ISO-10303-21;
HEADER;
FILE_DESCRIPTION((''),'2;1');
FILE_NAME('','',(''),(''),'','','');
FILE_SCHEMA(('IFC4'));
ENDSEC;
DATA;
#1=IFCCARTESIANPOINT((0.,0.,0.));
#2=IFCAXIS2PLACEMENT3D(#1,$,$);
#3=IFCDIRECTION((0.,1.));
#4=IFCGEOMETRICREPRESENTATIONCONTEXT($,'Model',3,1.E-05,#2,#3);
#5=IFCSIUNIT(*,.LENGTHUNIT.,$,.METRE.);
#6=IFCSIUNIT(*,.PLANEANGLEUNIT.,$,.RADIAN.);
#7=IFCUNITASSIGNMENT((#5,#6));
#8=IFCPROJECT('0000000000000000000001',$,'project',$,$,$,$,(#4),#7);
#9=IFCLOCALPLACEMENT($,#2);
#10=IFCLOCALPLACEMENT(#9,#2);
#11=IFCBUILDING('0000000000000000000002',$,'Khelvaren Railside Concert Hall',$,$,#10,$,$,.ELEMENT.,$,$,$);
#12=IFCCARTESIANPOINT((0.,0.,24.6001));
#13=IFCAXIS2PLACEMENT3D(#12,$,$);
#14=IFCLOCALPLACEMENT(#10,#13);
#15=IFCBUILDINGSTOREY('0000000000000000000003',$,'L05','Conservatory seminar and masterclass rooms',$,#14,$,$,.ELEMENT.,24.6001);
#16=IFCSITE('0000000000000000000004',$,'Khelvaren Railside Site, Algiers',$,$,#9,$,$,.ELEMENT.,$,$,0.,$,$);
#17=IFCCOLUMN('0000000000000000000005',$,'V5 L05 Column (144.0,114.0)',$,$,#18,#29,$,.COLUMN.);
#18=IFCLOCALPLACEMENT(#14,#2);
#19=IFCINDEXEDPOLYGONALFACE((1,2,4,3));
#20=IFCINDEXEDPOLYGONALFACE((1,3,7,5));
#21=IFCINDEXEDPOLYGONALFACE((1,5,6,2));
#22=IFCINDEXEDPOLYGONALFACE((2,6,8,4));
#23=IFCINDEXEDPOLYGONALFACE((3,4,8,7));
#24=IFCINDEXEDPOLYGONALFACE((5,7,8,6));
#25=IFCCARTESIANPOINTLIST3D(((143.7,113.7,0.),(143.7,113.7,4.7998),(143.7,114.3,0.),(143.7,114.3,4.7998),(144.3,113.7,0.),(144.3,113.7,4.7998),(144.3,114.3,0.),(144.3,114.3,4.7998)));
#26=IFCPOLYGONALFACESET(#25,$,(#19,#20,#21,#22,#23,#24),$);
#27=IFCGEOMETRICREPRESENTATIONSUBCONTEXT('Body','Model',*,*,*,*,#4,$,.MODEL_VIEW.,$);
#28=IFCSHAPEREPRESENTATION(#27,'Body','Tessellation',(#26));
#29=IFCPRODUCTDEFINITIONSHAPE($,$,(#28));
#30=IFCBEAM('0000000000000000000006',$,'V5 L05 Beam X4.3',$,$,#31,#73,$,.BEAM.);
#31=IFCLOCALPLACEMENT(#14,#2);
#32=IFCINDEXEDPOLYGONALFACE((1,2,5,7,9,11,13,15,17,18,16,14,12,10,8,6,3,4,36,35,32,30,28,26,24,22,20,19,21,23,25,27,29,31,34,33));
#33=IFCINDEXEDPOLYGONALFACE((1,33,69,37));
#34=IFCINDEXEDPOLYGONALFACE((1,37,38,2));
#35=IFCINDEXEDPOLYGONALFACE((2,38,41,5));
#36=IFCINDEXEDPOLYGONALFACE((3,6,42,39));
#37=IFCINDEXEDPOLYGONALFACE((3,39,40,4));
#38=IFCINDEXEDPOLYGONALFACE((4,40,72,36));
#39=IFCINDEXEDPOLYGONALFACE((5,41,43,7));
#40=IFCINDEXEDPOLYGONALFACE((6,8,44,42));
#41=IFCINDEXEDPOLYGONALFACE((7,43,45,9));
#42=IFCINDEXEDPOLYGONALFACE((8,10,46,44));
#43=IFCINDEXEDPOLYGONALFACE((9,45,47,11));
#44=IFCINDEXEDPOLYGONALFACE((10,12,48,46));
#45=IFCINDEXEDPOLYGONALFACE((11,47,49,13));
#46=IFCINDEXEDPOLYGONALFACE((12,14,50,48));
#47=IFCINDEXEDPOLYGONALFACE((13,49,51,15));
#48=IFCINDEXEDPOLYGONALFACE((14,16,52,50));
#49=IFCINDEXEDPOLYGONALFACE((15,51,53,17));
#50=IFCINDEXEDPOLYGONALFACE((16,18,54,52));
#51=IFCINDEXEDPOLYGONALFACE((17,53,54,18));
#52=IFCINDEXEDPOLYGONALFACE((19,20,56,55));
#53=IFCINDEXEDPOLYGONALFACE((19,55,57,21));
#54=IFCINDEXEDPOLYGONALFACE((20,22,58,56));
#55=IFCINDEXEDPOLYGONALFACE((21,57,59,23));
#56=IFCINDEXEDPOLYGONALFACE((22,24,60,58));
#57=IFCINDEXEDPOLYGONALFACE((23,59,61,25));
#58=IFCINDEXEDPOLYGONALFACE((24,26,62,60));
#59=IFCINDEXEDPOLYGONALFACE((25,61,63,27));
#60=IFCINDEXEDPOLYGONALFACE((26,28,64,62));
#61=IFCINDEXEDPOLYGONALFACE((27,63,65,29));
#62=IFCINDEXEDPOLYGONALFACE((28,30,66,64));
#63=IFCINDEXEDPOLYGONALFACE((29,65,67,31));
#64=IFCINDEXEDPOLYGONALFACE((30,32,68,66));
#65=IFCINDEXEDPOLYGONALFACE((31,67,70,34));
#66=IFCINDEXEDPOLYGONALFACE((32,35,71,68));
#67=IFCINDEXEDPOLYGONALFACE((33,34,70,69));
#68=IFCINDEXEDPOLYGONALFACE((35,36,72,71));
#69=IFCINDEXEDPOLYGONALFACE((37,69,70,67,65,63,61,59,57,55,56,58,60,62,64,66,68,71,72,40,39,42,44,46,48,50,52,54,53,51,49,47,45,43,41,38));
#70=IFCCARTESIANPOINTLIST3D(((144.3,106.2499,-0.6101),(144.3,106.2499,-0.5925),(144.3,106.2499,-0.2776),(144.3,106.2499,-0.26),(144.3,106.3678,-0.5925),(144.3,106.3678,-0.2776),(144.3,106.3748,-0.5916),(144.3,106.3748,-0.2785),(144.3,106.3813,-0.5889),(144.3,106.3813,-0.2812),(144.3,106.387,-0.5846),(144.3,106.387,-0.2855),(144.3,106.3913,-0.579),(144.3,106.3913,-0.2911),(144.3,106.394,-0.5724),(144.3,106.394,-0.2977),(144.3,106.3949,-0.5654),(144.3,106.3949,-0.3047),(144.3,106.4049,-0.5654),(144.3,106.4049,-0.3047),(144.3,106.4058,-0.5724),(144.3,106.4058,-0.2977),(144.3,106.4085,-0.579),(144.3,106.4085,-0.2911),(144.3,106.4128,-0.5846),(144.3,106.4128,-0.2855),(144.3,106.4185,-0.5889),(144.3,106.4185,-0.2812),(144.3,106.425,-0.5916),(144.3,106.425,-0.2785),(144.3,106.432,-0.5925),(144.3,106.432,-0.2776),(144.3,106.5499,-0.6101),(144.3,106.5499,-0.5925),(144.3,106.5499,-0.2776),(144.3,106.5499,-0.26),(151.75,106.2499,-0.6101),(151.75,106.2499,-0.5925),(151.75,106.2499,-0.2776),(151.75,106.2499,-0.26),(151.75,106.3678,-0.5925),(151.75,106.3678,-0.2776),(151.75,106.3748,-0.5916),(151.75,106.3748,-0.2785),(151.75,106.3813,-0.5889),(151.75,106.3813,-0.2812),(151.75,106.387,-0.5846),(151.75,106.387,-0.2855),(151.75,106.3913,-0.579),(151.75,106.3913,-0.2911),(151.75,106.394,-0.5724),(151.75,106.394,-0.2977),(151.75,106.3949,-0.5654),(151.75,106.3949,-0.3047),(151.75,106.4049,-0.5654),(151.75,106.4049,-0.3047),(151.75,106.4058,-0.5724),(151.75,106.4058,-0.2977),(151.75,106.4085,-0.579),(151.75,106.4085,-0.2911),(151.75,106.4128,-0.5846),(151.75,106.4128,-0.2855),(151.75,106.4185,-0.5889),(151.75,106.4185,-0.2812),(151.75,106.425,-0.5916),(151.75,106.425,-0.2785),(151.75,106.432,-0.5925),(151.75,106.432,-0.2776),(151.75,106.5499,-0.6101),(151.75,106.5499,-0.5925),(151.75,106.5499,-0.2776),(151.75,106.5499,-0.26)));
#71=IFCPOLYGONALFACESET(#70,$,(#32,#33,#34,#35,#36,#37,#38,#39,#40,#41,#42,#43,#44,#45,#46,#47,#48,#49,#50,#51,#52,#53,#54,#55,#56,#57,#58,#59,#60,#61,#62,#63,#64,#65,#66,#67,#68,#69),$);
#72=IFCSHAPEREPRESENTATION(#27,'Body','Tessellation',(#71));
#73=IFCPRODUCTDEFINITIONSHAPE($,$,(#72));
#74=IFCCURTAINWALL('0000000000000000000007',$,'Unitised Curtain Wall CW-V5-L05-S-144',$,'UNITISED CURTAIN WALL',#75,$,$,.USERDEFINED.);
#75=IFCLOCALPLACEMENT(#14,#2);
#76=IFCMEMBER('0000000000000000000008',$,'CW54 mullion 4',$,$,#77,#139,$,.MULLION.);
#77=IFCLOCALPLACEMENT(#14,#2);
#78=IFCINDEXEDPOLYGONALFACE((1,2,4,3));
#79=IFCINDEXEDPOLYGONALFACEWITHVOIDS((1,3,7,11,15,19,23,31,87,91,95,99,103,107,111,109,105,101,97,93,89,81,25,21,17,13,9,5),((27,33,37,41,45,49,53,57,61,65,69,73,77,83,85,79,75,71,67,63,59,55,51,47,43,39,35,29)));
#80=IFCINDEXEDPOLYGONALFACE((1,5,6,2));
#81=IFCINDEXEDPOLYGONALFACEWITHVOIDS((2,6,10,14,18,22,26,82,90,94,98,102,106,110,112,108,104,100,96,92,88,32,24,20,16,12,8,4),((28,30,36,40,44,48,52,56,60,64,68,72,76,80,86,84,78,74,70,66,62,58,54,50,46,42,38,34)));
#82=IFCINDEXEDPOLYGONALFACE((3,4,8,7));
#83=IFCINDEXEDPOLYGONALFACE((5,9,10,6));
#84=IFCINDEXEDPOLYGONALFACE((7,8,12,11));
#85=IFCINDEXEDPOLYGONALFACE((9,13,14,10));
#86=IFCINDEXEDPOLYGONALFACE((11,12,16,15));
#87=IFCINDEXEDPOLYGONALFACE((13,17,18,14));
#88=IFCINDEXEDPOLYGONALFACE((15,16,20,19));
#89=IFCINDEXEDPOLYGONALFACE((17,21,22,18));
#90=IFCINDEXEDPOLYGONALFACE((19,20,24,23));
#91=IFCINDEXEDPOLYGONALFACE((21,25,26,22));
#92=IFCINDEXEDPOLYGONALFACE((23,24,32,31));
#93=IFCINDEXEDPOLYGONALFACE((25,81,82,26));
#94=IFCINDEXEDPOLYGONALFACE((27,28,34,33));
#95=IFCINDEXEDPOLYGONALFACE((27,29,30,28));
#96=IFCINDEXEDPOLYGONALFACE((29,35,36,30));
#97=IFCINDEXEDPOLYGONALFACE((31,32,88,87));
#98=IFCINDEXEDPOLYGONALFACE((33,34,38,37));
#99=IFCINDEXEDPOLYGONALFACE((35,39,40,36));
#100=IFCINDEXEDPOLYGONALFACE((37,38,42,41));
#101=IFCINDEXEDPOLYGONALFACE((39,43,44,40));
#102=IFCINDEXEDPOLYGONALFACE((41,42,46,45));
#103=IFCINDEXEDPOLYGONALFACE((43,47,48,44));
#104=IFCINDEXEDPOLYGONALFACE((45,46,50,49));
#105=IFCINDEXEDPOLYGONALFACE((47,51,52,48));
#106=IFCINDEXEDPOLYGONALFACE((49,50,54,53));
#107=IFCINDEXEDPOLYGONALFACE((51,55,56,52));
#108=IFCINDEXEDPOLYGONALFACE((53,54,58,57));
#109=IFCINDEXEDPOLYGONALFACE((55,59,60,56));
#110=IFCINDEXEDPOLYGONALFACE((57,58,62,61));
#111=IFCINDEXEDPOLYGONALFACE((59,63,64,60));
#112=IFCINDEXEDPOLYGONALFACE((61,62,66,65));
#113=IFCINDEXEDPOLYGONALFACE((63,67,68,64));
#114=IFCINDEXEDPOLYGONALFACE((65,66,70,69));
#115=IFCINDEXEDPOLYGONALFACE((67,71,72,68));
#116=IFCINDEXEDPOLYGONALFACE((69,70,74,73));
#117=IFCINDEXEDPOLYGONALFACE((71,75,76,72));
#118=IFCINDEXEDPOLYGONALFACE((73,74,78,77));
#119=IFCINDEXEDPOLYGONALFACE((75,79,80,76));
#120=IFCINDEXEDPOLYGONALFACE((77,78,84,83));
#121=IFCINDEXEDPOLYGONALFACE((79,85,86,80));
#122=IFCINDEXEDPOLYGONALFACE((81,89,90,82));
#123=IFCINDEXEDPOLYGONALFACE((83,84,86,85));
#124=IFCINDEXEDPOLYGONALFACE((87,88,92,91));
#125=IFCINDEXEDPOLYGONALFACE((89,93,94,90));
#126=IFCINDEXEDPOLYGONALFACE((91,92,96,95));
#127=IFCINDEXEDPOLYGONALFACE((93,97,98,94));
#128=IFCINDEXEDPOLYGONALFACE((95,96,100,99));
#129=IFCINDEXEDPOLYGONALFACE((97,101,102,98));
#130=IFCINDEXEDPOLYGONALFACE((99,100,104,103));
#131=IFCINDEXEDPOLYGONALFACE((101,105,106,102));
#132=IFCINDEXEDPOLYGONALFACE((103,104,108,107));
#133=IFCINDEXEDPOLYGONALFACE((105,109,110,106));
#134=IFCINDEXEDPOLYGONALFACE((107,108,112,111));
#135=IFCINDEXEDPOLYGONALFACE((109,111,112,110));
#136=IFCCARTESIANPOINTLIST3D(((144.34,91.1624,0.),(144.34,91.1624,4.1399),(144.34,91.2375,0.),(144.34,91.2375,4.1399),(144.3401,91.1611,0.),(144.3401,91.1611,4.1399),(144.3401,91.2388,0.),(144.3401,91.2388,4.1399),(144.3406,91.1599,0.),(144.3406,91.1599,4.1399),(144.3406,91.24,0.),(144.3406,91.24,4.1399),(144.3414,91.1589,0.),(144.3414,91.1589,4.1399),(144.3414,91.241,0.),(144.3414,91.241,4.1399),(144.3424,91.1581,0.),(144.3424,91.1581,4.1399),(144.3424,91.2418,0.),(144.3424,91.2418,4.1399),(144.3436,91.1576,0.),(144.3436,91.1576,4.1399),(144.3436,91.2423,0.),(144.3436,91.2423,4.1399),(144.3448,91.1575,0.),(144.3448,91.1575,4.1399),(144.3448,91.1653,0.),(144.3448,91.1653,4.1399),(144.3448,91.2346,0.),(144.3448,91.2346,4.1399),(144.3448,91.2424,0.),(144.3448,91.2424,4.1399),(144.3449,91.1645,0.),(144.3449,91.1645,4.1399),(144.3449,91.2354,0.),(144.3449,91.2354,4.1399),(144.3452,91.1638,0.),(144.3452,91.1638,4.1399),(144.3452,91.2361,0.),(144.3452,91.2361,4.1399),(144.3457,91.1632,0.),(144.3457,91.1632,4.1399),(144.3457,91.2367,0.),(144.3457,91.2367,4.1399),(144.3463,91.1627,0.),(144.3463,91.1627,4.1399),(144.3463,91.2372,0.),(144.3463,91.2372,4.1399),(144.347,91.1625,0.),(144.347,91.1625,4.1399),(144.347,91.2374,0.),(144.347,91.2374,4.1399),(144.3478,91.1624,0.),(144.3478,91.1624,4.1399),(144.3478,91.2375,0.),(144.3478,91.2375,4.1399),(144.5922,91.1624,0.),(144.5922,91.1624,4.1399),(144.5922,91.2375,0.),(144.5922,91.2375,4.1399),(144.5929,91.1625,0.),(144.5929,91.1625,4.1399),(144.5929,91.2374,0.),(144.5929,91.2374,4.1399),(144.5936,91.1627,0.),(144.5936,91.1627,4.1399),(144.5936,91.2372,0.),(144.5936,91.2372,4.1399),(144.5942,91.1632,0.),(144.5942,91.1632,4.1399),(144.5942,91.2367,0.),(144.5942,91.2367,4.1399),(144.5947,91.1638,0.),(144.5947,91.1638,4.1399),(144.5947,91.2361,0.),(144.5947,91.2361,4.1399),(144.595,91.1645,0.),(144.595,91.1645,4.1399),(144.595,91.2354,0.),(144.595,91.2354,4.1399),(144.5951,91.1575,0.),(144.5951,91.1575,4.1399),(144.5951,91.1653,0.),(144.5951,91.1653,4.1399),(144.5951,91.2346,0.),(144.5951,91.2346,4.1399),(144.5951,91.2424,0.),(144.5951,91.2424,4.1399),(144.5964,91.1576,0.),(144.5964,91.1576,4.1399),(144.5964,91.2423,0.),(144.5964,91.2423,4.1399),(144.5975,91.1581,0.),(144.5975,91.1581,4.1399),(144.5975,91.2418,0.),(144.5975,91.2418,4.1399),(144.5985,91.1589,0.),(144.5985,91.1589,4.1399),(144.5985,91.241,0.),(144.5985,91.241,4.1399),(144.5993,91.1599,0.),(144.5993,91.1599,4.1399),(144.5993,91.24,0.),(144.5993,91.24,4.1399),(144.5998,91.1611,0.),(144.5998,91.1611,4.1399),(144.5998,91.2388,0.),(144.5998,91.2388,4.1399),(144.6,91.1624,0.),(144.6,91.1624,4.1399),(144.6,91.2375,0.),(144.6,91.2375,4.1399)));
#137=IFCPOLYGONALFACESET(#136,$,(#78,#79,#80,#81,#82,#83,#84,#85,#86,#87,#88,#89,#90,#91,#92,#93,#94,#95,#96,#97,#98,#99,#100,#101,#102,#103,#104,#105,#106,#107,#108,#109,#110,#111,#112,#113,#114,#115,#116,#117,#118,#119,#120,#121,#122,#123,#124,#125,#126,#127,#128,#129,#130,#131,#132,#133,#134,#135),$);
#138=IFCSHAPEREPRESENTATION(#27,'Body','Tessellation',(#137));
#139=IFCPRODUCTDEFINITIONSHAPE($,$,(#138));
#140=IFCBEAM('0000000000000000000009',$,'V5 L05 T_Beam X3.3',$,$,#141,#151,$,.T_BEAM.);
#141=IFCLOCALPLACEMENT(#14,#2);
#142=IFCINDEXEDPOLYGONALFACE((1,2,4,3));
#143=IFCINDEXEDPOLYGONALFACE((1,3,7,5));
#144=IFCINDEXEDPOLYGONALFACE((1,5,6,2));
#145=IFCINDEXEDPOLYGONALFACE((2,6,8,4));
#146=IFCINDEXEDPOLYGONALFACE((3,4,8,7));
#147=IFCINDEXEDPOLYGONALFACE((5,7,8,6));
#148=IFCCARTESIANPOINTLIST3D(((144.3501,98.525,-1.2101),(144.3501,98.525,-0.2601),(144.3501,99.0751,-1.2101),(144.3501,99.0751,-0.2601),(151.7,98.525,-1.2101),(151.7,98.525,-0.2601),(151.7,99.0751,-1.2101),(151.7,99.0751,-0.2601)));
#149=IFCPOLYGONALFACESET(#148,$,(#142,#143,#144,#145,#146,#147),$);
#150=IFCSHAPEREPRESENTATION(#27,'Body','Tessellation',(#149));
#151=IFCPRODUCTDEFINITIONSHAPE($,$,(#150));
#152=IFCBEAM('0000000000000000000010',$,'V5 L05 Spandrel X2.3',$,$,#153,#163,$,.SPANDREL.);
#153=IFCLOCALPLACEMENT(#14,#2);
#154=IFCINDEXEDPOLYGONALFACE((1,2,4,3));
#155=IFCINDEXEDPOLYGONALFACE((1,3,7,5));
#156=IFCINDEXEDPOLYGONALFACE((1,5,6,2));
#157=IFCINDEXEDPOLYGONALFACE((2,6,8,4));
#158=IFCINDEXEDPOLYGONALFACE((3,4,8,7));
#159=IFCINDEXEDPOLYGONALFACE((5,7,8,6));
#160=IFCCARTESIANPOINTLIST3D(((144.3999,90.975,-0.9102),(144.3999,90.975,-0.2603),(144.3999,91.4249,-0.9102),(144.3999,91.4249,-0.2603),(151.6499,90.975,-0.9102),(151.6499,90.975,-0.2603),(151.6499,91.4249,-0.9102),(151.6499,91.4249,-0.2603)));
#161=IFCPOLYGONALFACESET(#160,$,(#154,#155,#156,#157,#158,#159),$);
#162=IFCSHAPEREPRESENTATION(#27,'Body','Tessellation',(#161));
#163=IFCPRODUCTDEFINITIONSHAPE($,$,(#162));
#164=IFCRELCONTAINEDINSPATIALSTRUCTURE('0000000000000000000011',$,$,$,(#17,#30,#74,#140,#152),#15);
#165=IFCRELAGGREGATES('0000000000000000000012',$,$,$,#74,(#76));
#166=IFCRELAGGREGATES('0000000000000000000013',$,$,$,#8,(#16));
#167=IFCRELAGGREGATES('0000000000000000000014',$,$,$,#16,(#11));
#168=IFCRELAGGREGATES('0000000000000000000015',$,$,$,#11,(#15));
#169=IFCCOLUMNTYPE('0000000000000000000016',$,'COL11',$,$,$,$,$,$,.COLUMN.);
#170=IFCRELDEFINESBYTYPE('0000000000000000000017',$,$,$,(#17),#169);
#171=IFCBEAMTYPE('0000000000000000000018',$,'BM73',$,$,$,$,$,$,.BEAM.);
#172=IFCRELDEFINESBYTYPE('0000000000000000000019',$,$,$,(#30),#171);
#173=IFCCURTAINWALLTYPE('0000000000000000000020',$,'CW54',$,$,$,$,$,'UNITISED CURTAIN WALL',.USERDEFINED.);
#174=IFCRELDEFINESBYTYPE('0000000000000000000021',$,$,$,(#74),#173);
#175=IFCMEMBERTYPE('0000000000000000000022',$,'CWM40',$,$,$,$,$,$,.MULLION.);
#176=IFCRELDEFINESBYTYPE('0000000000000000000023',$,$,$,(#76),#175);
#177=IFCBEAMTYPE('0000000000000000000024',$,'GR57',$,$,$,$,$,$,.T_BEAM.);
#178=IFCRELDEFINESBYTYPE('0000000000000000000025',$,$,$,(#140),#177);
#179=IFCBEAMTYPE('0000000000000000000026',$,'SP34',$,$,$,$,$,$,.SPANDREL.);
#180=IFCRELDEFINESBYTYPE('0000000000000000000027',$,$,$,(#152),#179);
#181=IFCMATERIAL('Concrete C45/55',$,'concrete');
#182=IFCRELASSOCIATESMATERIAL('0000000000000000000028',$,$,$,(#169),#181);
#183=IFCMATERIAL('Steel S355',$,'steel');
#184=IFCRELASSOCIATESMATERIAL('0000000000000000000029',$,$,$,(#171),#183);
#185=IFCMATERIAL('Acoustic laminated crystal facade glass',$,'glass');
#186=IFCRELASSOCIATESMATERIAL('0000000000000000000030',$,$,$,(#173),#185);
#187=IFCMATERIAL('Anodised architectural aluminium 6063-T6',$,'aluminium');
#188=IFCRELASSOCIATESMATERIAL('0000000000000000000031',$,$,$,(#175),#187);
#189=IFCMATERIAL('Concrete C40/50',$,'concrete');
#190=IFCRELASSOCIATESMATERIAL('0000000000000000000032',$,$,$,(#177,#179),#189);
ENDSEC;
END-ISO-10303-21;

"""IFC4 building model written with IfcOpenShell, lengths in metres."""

from ifc_helpers import new_model, si_unit, direction, frame, origin, origin_2d, place, context, subcontext, project, spatial, rectangle, hollow_rectangle, i_section, extrude, material, material_profile, profile_set, type_object, element, aggregate, save


model = new_model("IFC4")

# Units and contexts
model_context = context("Model", 3, precision=1e-05, world=origin(), true_north=direction((0.0, 1.0)))
body_context = subcontext(model_context, "Body", "Model", "MODEL_VIEW")
ifc_project = project(units=[si_unit("LENGTHUNIT", "METRE"), si_unit("PLANEANGLEUNIT", "RADIAN")], contexts=[model_context])

# Site, building, storey
site_placement = place(None, origin())
site = spatial("IfcSite", under=ifc_project, at=site_placement, Name="Khelvaren Railside Site, Algiers", CompositionType="ELEMENT", RefElevation=0.0)
building_placement = place(site_placement, origin())
building = spatial("IfcBuilding", under=site, at=building_placement, Name="Khelvaren Railside Concert Hall", CompositionType="ELEMENT")
storey_placement = place(building_placement, frame((0.0, 0.0, 24.6001)))
storey = spatial("IfcBuildingStorey", under=building, at=storey_placement, Name="L05", Description="Conservatory seminar and masterclass rooms", CompositionType="ELEMENT", Elevation=24.6001)

# Column
ifc_material_1 = material(Name="Concrete C45/55", Category="concrete")
ifc_material_profile_1 = material_profile(ifc_material_1, rectangle(XDim=0.6001, YDim=0.6001, at=origin_2d()), Name="RC 600x600")
ifc_profile_set_1 = profile_set([ifc_material_profile_1], Name="Concrete C45/55")
column_type = type_object("IfcColumnType", Name="COL11", PredefinedType="COLUMN", material=ifc_profile_set_1)
column_placement = place(storey_placement, frame((144.0, 114.0, 0.0), z_axis=(0.0, 0.0, 1.0), x_axis=(1.0, 0.0, 0.0)))
element("IfcColumn", 1, at=column_placement, inside=storey, type_object=column_type, Name="V5 L05 Column (144.0,114.0)", PredefinedType="COLUMN", context=body_context, shape_type="SweptSolid", body=[
    extrude(rectangle(XDim=0.6001, YDim=0.6001, at=origin_2d()), origin(), (0.0, 0.0, 1.0), 4.7998),
])

# Beam
ifc_material_2 = material(Name="Steel S355", Category="steel")
ifc_material_profile_2 = material_profile(ifc_material_2, i_section(OverallWidth=0.3, OverallDepth=0.3501, WebThickness=0.01, FlangeThickness=0.0176, FilletRadius=0.0271, at=origin_2d()), Name="HEA 360")
ifc_profile_set_2 = profile_set([ifc_material_profile_2], Name="Steel S355")
beam_type_1 = type_object("IfcBeamType", Name="BM73", PredefinedType="BEAM", material=ifc_profile_set_2)
beam_1_placement = place(storey_placement, frame((144.3, 106.3999, -0.4351), z_axis=(1.0, 0.0, 0.0), x_axis=(0.0, 1.0, 0.0)))
element("IfcBeam", 2, at=beam_1_placement, inside=storey, type_object=beam_type_1, Name="V5 L05 Beam X4.3", PredefinedType="BEAM", context=body_context, shape_type="SweptSolid", body=[
    extrude(i_section(OverallWidth=0.3, OverallDepth=0.3501, WebThickness=0.01, FlangeThickness=0.0176, FilletRadius=0.0271, at=origin_2d()), origin(), (0.0, 0.0, 1.0), 7.45),
])

# Curtain wall, member
ifc_material_3 = material(Name="Acoustic laminated crystal facade glass", Category="glass")
curtain_wall_type = type_object("IfcCurtainWallType", Name="CW54", ElementType="UNITISED CURTAIN WALL", PredefinedType="USERDEFINED", material=ifc_material_3)
curtain_wall_placement = place(storey_placement, origin())
curtain_wall = element("IfcCurtainWall", 3, at=curtain_wall_placement, inside=storey, type_object=curtain_wall_type, Name="Unitised Curtain Wall CW-V5-L05-S-144", ObjectType="UNITISED CURTAIN WALL", PredefinedType="USERDEFINED")
ifc_material_4 = material(Name="Anodised architectural aluminium 6063-T6", Category="aluminium")
ifc_material_profile_3 = material_profile(ifc_material_4, hollow_rectangle(XDim=0.085, YDim=0.26, WallThickness=0.0049, InnerFilletRadius=0.0029, OuterFilletRadius=0.0049, at=origin_2d()), Name="CWM 85x260x5")
ifc_profile_set_3 = profile_set([ifc_material_profile_3], Name="Anodised architectural aluminium 6063-T6")
member_type = type_object("IfcMemberType", Name="CWM40", PredefinedType="MULLION", material=ifc_profile_set_3)
member_placement = place(storey_placement, frame((144.47, 91.2, 0.0), z_axis=(0.0, 0.0, 1.0), x_axis=(0.0, -1.0, 0.0)))
member = element("IfcMember", 4, at=member_placement, type_object=member_type, Name="CW54 mullion 4", PredefinedType="MULLION", context=body_context, shape_type="SweptSolid", body=[
    extrude(hollow_rectangle(XDim=0.085, YDim=0.26, WallThickness=0.0049, InnerFilletRadius=0.0029, OuterFilletRadius=0.0049, at=origin_2d()), origin(), (0.0, 0.0, 1.0), 4.1399),
])

# Beams
ifc_material_5 = material(Name="Concrete C40/50", Category="concrete")
ifc_material_profile_4 = material_profile(ifc_material_5, rectangle(XDim=0.55, YDim=0.95, at=origin_2d()), Name="RCB 550x950")
ifc_profile_set_4 = profile_set([ifc_material_profile_4], Name="Concrete C40/50")
beam_type_2 = type_object("IfcBeamType", Name="GR57", PredefinedType="T_BEAM", material=ifc_profile_set_4)
beam_2_placement = place(storey_placement, frame((144.3501, 98.8, -0.7351), z_axis=(1.0, 0.0, 0.0), x_axis=(0.0, 1.0, 0.0)))
element("IfcBeam", 5, at=beam_2_placement, inside=storey, type_object=beam_type_2, Name="V5 L05 T_Beam X3.3", PredefinedType="T_BEAM", context=body_context, shape_type="SweptSolid", body=[
    extrude(rectangle(XDim=0.55, YDim=0.95, at=origin_2d()), origin(), (0.0, 0.0, 1.0), 7.3499),
])
ifc_material_profile_5 = material_profile(ifc_material_5, rectangle(XDim=0.45, YDim=0.6499, at=origin_2d()), Name="RCB 450x650")
ifc_profile_set_5 = profile_set([ifc_material_profile_5], Name="Concrete C40/50")
beam_type_3 = type_object("IfcBeamType", Name="SP34", PredefinedType="SPANDREL", material=ifc_profile_set_5)
beam_3_placement = place(storey_placement, frame((144.3999, 91.2, -0.5852), z_axis=(1.0, 0.0, 0.0), x_axis=(0.0, 1.0, 0.0)))
element("IfcBeam", 6, at=beam_3_placement, inside=storey, type_object=beam_type_3, Name="V5 L05 Spandrel X2.3", PredefinedType="SPANDREL", context=body_context, shape_type="SweptSolid", body=[
    extrude(rectangle(XDim=0.45, YDim=0.6499, at=origin_2d()), origin(), (0.0, 0.0, 1.0), 7.25),
])

aggregate(curtain_wall, [member])

save(model, "model.ifc")
